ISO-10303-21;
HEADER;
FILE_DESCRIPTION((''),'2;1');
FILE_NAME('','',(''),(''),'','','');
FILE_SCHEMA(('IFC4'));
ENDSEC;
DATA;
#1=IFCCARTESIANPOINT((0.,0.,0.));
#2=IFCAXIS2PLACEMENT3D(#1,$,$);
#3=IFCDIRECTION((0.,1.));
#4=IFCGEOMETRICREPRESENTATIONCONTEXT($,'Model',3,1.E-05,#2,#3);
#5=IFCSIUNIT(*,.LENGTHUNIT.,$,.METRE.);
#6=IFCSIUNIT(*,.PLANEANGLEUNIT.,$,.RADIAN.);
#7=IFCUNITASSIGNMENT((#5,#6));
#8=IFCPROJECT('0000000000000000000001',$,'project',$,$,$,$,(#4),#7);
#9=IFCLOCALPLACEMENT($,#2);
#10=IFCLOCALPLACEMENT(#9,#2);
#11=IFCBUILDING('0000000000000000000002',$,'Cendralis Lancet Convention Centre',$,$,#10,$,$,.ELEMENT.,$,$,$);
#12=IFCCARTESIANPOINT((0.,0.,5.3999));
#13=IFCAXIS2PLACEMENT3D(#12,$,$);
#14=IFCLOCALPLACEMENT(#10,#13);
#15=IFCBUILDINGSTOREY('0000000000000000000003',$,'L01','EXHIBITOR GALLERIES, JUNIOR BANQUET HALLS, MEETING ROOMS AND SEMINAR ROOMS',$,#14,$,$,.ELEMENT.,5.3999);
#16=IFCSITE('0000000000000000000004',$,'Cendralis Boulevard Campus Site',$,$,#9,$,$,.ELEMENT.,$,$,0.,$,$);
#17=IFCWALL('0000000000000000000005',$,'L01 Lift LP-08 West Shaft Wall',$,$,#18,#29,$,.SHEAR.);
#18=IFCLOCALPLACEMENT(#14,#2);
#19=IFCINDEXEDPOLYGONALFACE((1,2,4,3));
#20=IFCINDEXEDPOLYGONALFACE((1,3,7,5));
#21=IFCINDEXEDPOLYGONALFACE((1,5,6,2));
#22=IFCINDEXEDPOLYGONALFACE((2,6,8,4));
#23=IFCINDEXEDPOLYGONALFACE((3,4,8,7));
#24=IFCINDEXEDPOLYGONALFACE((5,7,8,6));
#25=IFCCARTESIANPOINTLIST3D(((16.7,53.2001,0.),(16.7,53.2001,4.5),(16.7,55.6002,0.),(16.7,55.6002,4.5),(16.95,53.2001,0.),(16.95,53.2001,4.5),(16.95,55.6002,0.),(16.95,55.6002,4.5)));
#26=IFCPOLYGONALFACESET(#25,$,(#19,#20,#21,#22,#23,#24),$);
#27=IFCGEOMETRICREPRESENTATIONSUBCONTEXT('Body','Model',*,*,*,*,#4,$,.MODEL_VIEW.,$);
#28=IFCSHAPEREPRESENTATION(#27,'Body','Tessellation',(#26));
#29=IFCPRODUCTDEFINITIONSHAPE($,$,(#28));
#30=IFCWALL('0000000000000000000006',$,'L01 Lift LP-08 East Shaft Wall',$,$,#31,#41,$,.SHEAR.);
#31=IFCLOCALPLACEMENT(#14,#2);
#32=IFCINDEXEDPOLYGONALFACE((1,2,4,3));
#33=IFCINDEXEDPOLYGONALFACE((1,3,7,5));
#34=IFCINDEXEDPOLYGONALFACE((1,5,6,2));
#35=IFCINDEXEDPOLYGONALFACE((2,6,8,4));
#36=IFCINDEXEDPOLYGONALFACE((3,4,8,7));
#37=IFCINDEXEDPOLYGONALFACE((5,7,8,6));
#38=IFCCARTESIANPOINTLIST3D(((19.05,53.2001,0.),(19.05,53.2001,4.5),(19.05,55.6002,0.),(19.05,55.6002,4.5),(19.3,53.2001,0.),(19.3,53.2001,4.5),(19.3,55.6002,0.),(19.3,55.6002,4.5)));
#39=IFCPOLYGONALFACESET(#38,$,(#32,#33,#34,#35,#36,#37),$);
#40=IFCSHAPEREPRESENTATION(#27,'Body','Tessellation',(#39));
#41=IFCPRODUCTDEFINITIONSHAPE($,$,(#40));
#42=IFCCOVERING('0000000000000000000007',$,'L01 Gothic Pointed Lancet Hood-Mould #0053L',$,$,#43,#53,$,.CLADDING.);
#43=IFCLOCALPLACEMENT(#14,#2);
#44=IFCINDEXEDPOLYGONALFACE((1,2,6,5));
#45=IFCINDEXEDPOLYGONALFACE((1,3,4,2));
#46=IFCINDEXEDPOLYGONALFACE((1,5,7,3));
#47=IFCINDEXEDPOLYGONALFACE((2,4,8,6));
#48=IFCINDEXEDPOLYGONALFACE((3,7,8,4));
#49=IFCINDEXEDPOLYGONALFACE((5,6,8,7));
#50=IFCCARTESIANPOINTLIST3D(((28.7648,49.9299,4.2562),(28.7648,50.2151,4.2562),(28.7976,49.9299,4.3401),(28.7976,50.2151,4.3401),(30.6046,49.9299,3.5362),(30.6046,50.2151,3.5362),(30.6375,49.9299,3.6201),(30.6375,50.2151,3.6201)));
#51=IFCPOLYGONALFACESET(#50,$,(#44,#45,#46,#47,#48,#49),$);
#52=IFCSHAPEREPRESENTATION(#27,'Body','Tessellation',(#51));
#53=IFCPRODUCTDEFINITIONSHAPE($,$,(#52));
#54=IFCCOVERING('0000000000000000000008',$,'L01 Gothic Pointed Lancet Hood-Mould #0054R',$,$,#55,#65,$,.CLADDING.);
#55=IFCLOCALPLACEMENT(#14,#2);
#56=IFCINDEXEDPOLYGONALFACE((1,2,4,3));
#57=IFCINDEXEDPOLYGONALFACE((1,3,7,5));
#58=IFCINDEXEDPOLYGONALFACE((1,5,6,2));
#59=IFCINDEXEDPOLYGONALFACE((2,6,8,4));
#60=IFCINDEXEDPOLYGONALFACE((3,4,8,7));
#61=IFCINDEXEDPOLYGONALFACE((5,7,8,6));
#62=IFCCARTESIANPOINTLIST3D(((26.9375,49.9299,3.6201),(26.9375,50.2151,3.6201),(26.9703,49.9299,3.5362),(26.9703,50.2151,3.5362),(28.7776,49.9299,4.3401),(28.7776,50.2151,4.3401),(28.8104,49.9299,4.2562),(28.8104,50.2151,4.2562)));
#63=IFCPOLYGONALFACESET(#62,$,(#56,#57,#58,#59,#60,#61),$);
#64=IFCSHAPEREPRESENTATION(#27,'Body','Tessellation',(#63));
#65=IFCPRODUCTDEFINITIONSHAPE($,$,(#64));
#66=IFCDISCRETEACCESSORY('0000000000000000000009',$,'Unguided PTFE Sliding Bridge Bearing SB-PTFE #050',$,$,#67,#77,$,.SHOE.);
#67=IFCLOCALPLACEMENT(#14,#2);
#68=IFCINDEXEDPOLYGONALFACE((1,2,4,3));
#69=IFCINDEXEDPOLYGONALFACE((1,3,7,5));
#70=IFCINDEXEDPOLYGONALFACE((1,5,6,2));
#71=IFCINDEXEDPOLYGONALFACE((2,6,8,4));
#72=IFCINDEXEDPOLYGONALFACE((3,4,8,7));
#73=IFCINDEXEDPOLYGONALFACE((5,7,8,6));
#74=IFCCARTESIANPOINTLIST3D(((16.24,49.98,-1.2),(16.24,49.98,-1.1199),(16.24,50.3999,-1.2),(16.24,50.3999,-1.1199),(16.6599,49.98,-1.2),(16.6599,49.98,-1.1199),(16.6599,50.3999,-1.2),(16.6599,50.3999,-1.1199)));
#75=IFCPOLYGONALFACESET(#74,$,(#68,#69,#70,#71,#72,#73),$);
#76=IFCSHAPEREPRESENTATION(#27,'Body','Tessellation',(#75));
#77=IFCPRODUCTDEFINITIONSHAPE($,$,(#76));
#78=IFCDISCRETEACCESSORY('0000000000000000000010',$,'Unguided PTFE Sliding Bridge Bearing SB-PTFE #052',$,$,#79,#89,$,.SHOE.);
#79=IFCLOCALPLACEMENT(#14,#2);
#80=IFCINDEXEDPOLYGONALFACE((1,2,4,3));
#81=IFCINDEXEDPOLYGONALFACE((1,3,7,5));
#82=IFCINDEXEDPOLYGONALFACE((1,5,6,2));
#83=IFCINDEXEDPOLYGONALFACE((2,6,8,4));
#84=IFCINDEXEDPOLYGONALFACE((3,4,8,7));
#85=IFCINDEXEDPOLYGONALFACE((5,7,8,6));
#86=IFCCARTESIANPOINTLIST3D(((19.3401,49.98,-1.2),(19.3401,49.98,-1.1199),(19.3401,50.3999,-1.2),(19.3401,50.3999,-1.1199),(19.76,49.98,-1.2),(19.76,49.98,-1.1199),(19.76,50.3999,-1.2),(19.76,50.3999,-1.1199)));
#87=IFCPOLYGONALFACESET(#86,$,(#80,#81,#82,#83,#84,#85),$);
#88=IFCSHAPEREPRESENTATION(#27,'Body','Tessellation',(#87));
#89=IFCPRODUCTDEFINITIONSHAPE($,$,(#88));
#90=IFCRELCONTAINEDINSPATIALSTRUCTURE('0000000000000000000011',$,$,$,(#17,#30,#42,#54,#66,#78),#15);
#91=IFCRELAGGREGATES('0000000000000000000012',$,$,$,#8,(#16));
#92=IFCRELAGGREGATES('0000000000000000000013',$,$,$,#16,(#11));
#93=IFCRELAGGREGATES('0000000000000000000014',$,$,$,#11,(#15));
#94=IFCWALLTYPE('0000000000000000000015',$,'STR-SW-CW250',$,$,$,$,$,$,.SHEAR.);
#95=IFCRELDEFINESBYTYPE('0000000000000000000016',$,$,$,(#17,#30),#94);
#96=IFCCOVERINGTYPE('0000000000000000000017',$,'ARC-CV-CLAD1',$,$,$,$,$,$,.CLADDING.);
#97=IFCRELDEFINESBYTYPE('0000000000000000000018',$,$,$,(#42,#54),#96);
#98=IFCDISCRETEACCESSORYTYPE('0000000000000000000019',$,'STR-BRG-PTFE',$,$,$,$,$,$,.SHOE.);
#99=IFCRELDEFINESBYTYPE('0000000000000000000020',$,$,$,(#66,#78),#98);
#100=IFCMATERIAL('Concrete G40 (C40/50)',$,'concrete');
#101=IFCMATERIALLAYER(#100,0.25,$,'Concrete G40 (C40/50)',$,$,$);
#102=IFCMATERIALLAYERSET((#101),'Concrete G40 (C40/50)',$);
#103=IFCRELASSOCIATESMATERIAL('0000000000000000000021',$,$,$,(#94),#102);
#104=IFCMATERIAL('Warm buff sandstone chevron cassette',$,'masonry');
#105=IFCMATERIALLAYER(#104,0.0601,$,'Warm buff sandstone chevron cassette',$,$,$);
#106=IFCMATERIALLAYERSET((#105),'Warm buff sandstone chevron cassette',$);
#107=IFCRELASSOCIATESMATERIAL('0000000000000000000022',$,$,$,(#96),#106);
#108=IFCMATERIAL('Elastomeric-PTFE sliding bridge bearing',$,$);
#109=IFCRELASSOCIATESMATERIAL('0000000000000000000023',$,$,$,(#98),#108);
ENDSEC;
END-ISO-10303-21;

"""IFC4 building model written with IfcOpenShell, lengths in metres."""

from ifc_helpers import new_model, si_unit, direction, frame, frame_2d, origin, origin_2d, place, context, subcontext, project, spatial, polyline, rectangle, outline, extrude, material, layer, layer_set, type_object, element, save


model = new_model("IFC4")

# Units and contexts
model_context = context("Model", 3, precision=1e-05, world=origin(), true_north=direction((0.0, 1.0)))
body_context = subcontext(model_context, "Body", "Model", "MODEL_VIEW")
ifc_project = project(units=[si_unit("LENGTHUNIT", "METRE"), si_unit("PLANEANGLEUNIT", "RADIAN")], contexts=[model_context])

# Site, building, storey
site_placement = place(None, origin())
site = spatial("IfcSite", under=ifc_project, at=site_placement, Name="Cendralis Boulevard Campus Site", CompositionType="ELEMENT", RefElevation=0.0)
building_placement = place(site_placement, origin())
building = spatial("IfcBuilding", under=site, at=building_placement, Name="Cendralis Lancet Convention Centre", CompositionType="ELEMENT")
storey_placement = place(building_placement, frame((0.0, 0.0, 5.3999)))
storey = spatial("IfcBuildingStorey", under=building, at=storey_placement, Name="L01", Description="EXHIBITOR GALLERIES, JUNIOR BANQUET HALLS, MEETING ROOMS AND SEMINAR ROOMS", CompositionType="ELEMENT", Elevation=5.3999)

# Shared definitions
ifc_material_1 = material(Name="Concrete G40 (C40/50)", Category="concrete")

# Shared definitions
ifc_layer_1 = layer(ifc_material_1, 0.25, Name="Concrete G40 (C40/50)")
ifc_layer_set_1 = layer_set([ifc_layer_1], Name="Concrete G40 (C40/50)")
wall_type_1 = type_object("IfcWallType", Name="STR-SW-CW250", PredefinedType="SHEAR", material=ifc_layer_set_1)

# Walls
for number, where, z_axis, x_axis, name in (
    (1, (16.825, 53.2, 0.0), (0.0, 0.0, 1.0), (0.0, 1.0, 0.0), "L01 Lift LP-08 West Shaft Wall"),
    (2, (19.175, 53.2, 0.0), (0.0, 0.0, 1.0), (0.0, 1.0, 0.0), "L01 Lift LP-08 East Shaft Wall"),
):
    element("IfcWall", number, at=place(storey_placement, frame(where, z_axis=z_axis, x_axis=x_axis)), inside=storey, type_object=wall_type_1, Name=name, PredefinedType="SHEAR", context=body_context, shape_type="SweptSolid", body=[
        extrude(rectangle(XDim=2.4001, YDim=0.25, at=frame_2d((1.2002, 0.0))), origin(), (0.0, 0.0, 1.0), 4.5),
    ])

# Coverings
ifc_material_2 = material(Name="Warm buff sandstone chevron cassette", Category="masonry")
ifc_layer_2 = layer(ifc_material_2, 0.0601, Name="Warm buff sandstone chevron cassette")
ifc_layer_set_2 = layer_set([ifc_layer_2], Name="Warm buff sandstone chevron cassette")
covering_type = type_object("IfcCoveringType", Name="ARC-CV-CLAD1", PredefinedType="CLADDING", material=ifc_layer_set_2)
covering_1_placement = place(storey_placement, frame((30.6375, 49.9299, 3.6201), z_axis=(0.364413, 0.0, 0.931237), x_axis=(0.0, 1.0, 0.0)))
element("IfcCovering", 3, at=covering_1_placement, inside=storey, type_object=covering_type, Name="L01 Gothic Pointed Lancet Hood-Mould #0053L", PredefinedType="CLADDING", context=body_context, shape_type="SweptSolid", body=[
    extrude(outline(polyline([(0.0, 0.0), (0.2852, 0.0), (0.2852, 1.9757), (0.0, 1.9757), (0.0, 0.0)])), origin(), (0.0, 0.0, -1.0), 0.0901),
])
covering_2_placement = place(storey_placement, frame((28.7776, 49.9299, 4.3401), z_axis=(-0.364371, 0.0, 0.931254), x_axis=(0.0, 1.0, 0.0)))
element("IfcCovering", 4, at=covering_2_placement, inside=storey, type_object=covering_type, Name="L01 Gothic Pointed Lancet Hood-Mould #0054R", PredefinedType="CLADDING", context=body_context, shape_type="SweptSolid", body=[
    extrude(outline(polyline([(0.0, 0.0), (0.2852, 0.0), (0.2852, 1.9759), (0.0, 1.9759), (0.0, 0.0)])), origin(), (0.0, 0.0, -1.0), 0.0901),
])

# Discrete accessories
ifc_material_3 = material(Name="Elastomeric-PTFE sliding bridge bearing")
discrete_accessory_type = type_object("IfcDiscreteAccessoryType", Name="STR-BRG-PTFE", PredefinedType="SHOE", material=ifc_material_3)
for number, where, z_axis, x_axis, name in (
    (5, (16.45, 50.1899, -1.2), (0.0, 0.0, 1.0), (1.0, 0.0, 0.0), "Unguided PTFE Sliding Bridge Bearing SB-PTFE #050"),
    (6, (19.55, 50.1899, -1.2), (0.0, 0.0, 1.0), (1.0, 0.0, 0.0), "Unguided PTFE Sliding Bridge Bearing SB-PTFE #052"),
):
    element("IfcDiscreteAccessory", number, at=place(storey_placement, frame(where, z_axis=z_axis, x_axis=x_axis)), inside=storey, type_object=discrete_accessory_type, Name=name, PredefinedType="SHOE", context=body_context, shape_type="SweptSolid", body=[
        extrude(rectangle(XDim=0.4199, YDim=0.4199, at=origin_2d()), origin(), (0.0, 0.0, 1.0), 0.0801),
    ])

save(model, "model.ifc")
